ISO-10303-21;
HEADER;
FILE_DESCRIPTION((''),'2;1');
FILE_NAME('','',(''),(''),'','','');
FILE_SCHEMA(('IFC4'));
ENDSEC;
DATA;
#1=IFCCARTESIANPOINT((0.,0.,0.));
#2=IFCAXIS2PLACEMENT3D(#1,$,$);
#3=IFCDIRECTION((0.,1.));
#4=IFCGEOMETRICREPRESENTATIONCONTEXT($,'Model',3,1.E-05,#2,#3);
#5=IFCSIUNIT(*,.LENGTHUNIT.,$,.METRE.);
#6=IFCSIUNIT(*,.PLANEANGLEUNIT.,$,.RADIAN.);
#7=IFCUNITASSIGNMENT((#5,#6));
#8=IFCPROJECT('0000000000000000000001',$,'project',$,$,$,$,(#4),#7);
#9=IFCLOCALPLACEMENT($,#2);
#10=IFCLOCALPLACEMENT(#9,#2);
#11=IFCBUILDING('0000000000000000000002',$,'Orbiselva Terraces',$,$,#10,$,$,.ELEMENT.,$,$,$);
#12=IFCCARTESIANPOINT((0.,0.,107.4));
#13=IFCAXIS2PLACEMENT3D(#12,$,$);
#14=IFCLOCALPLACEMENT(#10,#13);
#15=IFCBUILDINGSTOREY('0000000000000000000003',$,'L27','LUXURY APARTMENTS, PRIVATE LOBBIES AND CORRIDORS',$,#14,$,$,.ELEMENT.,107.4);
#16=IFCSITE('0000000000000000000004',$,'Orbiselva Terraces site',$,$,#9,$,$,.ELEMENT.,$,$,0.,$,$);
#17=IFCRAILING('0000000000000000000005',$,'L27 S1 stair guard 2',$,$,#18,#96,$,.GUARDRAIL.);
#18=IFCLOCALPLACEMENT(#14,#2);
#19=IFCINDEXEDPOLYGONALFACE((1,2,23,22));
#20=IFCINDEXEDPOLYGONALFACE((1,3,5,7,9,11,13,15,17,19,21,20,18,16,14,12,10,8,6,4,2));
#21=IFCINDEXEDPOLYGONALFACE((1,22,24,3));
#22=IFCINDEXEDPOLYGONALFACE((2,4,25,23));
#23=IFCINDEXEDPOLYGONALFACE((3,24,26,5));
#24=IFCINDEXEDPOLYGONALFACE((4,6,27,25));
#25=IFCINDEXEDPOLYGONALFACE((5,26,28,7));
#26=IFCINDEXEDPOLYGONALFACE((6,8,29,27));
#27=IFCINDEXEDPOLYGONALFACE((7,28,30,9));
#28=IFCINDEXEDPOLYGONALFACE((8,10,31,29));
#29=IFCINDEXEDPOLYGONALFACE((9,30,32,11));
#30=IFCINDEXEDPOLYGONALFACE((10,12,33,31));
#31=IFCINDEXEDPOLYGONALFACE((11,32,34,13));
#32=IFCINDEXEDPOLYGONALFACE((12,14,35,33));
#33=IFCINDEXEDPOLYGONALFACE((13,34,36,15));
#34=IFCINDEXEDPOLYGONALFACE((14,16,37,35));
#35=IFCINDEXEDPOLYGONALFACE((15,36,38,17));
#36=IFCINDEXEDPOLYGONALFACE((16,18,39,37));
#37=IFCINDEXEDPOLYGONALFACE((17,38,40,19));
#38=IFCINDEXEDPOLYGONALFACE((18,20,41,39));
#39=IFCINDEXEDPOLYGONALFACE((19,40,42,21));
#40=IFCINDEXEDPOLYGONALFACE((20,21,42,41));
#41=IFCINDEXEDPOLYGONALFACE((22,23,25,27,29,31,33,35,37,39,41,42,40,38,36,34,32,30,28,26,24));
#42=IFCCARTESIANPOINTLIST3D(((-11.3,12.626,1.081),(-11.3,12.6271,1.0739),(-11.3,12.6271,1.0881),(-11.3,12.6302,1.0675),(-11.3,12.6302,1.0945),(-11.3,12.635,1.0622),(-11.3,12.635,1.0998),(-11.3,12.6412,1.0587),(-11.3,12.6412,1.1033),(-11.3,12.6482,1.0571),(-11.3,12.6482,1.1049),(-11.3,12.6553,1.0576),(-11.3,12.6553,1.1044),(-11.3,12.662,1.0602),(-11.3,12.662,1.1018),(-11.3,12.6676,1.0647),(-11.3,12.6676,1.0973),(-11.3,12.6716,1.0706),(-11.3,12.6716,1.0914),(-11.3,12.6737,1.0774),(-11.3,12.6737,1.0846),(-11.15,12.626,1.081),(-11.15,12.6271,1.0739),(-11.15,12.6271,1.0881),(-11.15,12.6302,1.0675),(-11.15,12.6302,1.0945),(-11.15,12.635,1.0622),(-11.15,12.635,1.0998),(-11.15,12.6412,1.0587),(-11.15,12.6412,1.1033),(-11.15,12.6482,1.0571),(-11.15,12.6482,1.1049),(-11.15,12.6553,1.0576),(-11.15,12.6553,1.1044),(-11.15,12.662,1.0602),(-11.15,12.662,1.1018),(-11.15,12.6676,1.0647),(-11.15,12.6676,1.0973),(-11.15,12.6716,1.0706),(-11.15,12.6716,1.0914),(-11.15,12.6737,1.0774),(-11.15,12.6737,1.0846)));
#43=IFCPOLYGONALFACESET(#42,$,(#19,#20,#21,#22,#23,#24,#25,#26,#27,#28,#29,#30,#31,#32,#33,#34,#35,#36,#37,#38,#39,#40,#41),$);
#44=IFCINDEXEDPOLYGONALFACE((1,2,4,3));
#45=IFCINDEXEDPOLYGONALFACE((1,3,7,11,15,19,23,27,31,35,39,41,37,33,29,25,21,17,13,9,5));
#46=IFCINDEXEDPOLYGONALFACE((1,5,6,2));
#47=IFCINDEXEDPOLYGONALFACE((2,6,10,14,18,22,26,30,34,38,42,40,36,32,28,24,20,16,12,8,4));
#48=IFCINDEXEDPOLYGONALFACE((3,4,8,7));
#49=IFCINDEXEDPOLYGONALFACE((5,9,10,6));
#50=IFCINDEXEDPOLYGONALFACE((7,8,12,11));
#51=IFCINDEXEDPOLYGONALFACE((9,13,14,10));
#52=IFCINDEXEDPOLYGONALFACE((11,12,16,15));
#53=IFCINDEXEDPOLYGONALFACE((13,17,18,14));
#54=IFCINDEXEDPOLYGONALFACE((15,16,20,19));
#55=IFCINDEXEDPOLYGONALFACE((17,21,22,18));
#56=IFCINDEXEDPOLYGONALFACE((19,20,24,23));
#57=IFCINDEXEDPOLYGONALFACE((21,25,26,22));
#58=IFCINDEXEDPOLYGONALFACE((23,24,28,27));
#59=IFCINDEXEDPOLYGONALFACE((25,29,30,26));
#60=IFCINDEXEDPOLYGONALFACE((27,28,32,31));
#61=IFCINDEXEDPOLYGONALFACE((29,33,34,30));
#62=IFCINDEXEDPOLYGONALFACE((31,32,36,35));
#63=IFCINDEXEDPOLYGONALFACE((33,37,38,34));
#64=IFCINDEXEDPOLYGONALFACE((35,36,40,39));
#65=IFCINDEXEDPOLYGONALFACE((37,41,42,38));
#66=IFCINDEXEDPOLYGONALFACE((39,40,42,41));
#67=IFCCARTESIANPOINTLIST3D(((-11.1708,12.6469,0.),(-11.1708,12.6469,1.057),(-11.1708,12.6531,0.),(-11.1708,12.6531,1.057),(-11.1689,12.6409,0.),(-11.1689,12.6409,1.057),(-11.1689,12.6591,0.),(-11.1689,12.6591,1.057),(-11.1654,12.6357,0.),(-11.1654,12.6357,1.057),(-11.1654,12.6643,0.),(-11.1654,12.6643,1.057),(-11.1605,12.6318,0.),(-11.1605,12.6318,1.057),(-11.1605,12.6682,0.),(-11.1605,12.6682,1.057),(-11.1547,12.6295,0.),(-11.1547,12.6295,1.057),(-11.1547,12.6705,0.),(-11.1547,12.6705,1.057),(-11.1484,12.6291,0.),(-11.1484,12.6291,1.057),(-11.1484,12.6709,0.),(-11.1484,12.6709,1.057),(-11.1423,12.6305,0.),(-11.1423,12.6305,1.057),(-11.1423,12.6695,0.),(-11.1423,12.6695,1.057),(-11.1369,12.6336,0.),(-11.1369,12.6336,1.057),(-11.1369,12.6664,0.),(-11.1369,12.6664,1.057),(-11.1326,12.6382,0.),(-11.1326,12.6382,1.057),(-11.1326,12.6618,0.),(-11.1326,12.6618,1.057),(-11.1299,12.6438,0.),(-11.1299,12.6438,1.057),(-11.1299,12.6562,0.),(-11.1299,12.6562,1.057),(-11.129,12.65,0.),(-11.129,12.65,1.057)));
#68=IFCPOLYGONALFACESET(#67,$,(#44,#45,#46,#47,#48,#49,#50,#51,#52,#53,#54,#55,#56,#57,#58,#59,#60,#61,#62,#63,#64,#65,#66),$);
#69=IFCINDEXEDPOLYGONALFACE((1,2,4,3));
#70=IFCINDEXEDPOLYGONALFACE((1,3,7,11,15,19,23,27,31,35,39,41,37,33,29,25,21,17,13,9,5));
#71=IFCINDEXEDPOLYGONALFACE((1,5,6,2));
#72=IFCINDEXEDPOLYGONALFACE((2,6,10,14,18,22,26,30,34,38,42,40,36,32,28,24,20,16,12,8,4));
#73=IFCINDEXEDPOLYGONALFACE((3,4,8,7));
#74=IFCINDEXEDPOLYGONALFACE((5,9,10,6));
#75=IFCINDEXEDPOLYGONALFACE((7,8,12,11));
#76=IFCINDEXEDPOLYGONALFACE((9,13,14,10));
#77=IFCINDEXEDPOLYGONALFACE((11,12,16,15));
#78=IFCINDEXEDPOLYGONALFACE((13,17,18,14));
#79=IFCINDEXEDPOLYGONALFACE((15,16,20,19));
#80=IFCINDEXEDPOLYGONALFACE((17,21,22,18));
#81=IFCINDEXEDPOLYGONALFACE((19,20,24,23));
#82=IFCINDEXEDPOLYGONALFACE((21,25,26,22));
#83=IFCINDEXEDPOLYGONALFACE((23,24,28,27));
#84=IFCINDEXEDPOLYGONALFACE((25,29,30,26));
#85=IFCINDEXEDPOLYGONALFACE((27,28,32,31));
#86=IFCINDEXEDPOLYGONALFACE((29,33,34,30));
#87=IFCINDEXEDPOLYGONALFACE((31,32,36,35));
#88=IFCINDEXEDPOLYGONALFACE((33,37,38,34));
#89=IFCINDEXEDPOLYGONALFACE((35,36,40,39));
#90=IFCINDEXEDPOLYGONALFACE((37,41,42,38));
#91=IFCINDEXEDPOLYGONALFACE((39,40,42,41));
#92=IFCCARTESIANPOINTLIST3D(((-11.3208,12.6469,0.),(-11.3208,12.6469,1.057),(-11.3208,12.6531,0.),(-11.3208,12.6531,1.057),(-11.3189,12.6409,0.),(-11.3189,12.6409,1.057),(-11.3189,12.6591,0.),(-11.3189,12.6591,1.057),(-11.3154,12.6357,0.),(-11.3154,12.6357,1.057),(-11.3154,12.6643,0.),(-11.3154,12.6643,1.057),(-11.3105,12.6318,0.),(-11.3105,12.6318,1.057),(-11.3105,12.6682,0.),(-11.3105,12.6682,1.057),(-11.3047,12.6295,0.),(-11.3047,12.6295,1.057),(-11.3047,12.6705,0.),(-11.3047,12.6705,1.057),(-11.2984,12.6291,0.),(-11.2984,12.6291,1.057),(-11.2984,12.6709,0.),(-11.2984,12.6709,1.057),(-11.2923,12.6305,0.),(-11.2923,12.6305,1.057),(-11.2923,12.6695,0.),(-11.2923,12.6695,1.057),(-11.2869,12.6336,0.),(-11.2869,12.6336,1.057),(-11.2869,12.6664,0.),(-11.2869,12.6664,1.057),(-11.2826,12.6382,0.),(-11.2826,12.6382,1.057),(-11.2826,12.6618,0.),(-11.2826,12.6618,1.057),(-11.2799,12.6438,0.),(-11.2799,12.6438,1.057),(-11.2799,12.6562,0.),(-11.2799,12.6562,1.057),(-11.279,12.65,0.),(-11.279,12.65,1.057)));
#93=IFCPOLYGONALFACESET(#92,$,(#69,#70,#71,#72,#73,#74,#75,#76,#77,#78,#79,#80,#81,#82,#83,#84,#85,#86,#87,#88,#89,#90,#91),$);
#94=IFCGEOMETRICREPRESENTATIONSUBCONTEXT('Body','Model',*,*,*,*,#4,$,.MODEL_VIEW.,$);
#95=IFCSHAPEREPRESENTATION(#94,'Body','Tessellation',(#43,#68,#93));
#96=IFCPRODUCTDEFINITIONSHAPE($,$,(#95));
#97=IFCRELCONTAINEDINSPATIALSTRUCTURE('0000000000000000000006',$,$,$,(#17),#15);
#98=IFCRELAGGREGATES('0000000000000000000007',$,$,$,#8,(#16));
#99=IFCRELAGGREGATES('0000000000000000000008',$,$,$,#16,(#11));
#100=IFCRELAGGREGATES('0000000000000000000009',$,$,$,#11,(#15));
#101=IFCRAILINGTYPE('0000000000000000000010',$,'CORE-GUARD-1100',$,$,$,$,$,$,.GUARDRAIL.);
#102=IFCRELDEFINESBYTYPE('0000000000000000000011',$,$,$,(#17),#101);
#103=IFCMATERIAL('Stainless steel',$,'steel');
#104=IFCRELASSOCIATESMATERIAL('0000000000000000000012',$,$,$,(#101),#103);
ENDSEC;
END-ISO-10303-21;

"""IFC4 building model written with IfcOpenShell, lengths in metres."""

from ifc_helpers import new_model, si_unit, direction, frame, origin, origin_2d, place, context, subcontext, project, spatial, circle, extrude, material, type_object, element, save


model = new_model("IFC4")

# Units and contexts
model_context = context("Model", 3, precision=1e-05, world=origin(), true_north=direction((0.0, 1.0)))
body_context = subcontext(model_context, "Body", "Model", "MODEL_VIEW")
ifc_project = project(units=[si_unit("LENGTHUNIT", "METRE"), si_unit("PLANEANGLEUNIT", "RADIAN")], contexts=[model_context])

# Site, building, storey
site_placement = place(None, origin())
site = spatial("IfcSite", under=ifc_project, at=site_placement, Name="Orbiselva Terraces site", CompositionType="ELEMENT", RefElevation=0.0)
building_placement = place(site_placement, origin())
building = spatial("IfcBuilding", under=site, at=building_placement, Name="Orbiselva Terraces", CompositionType="ELEMENT")
storey_placement = place(building_placement, frame((0.0, 0.0, 107.4)))
storey = spatial("IfcBuildingStorey", under=building, at=storey_placement, Name="L27", Description="LUXURY APARTMENTS, PRIVATE LOBBIES AND CORRIDORS", CompositionType="ELEMENT", Elevation=107.4)

# Railing
ifc_material_1 = material(Name="Stainless steel", Category="steel")
railing_type_1 = type_object("IfcRailingType", Name="CORE-GUARD-1100", PredefinedType="GUARDRAIL", material=ifc_material_1)
railing_1_placement = place(storey_placement, frame((-11.15, 12.65, 0.0)))
element("IfcRailing", 1, at=railing_1_placement, inside=storey, type_object=railing_type_1, Name="L27 S1 stair guard 2", PredefinedType="GUARDRAIL", context=body_context, shape_type="SweptSolid", body=[
    extrude(circle(Radius=0.024, at=origin_2d()), frame((0.0, 0.0, 1.081), z_axis=(-1.0, 0.0, 0.0), x_axis=(0.0, -1.0, 0.0)), (0.0, 0.0, 1.0), 0.15),
    extrude(circle(Radius=0.021, at=origin_2d()), origin(), (0.0, 0.0, 1.0), 1.057),
    extrude(circle(Radius=0.021, at=origin_2d()), frame((-0.15, 0.0, 0.0)), (0.0, 0.0, 1.0), 1.057),
])

save(model, "model.ifc")
